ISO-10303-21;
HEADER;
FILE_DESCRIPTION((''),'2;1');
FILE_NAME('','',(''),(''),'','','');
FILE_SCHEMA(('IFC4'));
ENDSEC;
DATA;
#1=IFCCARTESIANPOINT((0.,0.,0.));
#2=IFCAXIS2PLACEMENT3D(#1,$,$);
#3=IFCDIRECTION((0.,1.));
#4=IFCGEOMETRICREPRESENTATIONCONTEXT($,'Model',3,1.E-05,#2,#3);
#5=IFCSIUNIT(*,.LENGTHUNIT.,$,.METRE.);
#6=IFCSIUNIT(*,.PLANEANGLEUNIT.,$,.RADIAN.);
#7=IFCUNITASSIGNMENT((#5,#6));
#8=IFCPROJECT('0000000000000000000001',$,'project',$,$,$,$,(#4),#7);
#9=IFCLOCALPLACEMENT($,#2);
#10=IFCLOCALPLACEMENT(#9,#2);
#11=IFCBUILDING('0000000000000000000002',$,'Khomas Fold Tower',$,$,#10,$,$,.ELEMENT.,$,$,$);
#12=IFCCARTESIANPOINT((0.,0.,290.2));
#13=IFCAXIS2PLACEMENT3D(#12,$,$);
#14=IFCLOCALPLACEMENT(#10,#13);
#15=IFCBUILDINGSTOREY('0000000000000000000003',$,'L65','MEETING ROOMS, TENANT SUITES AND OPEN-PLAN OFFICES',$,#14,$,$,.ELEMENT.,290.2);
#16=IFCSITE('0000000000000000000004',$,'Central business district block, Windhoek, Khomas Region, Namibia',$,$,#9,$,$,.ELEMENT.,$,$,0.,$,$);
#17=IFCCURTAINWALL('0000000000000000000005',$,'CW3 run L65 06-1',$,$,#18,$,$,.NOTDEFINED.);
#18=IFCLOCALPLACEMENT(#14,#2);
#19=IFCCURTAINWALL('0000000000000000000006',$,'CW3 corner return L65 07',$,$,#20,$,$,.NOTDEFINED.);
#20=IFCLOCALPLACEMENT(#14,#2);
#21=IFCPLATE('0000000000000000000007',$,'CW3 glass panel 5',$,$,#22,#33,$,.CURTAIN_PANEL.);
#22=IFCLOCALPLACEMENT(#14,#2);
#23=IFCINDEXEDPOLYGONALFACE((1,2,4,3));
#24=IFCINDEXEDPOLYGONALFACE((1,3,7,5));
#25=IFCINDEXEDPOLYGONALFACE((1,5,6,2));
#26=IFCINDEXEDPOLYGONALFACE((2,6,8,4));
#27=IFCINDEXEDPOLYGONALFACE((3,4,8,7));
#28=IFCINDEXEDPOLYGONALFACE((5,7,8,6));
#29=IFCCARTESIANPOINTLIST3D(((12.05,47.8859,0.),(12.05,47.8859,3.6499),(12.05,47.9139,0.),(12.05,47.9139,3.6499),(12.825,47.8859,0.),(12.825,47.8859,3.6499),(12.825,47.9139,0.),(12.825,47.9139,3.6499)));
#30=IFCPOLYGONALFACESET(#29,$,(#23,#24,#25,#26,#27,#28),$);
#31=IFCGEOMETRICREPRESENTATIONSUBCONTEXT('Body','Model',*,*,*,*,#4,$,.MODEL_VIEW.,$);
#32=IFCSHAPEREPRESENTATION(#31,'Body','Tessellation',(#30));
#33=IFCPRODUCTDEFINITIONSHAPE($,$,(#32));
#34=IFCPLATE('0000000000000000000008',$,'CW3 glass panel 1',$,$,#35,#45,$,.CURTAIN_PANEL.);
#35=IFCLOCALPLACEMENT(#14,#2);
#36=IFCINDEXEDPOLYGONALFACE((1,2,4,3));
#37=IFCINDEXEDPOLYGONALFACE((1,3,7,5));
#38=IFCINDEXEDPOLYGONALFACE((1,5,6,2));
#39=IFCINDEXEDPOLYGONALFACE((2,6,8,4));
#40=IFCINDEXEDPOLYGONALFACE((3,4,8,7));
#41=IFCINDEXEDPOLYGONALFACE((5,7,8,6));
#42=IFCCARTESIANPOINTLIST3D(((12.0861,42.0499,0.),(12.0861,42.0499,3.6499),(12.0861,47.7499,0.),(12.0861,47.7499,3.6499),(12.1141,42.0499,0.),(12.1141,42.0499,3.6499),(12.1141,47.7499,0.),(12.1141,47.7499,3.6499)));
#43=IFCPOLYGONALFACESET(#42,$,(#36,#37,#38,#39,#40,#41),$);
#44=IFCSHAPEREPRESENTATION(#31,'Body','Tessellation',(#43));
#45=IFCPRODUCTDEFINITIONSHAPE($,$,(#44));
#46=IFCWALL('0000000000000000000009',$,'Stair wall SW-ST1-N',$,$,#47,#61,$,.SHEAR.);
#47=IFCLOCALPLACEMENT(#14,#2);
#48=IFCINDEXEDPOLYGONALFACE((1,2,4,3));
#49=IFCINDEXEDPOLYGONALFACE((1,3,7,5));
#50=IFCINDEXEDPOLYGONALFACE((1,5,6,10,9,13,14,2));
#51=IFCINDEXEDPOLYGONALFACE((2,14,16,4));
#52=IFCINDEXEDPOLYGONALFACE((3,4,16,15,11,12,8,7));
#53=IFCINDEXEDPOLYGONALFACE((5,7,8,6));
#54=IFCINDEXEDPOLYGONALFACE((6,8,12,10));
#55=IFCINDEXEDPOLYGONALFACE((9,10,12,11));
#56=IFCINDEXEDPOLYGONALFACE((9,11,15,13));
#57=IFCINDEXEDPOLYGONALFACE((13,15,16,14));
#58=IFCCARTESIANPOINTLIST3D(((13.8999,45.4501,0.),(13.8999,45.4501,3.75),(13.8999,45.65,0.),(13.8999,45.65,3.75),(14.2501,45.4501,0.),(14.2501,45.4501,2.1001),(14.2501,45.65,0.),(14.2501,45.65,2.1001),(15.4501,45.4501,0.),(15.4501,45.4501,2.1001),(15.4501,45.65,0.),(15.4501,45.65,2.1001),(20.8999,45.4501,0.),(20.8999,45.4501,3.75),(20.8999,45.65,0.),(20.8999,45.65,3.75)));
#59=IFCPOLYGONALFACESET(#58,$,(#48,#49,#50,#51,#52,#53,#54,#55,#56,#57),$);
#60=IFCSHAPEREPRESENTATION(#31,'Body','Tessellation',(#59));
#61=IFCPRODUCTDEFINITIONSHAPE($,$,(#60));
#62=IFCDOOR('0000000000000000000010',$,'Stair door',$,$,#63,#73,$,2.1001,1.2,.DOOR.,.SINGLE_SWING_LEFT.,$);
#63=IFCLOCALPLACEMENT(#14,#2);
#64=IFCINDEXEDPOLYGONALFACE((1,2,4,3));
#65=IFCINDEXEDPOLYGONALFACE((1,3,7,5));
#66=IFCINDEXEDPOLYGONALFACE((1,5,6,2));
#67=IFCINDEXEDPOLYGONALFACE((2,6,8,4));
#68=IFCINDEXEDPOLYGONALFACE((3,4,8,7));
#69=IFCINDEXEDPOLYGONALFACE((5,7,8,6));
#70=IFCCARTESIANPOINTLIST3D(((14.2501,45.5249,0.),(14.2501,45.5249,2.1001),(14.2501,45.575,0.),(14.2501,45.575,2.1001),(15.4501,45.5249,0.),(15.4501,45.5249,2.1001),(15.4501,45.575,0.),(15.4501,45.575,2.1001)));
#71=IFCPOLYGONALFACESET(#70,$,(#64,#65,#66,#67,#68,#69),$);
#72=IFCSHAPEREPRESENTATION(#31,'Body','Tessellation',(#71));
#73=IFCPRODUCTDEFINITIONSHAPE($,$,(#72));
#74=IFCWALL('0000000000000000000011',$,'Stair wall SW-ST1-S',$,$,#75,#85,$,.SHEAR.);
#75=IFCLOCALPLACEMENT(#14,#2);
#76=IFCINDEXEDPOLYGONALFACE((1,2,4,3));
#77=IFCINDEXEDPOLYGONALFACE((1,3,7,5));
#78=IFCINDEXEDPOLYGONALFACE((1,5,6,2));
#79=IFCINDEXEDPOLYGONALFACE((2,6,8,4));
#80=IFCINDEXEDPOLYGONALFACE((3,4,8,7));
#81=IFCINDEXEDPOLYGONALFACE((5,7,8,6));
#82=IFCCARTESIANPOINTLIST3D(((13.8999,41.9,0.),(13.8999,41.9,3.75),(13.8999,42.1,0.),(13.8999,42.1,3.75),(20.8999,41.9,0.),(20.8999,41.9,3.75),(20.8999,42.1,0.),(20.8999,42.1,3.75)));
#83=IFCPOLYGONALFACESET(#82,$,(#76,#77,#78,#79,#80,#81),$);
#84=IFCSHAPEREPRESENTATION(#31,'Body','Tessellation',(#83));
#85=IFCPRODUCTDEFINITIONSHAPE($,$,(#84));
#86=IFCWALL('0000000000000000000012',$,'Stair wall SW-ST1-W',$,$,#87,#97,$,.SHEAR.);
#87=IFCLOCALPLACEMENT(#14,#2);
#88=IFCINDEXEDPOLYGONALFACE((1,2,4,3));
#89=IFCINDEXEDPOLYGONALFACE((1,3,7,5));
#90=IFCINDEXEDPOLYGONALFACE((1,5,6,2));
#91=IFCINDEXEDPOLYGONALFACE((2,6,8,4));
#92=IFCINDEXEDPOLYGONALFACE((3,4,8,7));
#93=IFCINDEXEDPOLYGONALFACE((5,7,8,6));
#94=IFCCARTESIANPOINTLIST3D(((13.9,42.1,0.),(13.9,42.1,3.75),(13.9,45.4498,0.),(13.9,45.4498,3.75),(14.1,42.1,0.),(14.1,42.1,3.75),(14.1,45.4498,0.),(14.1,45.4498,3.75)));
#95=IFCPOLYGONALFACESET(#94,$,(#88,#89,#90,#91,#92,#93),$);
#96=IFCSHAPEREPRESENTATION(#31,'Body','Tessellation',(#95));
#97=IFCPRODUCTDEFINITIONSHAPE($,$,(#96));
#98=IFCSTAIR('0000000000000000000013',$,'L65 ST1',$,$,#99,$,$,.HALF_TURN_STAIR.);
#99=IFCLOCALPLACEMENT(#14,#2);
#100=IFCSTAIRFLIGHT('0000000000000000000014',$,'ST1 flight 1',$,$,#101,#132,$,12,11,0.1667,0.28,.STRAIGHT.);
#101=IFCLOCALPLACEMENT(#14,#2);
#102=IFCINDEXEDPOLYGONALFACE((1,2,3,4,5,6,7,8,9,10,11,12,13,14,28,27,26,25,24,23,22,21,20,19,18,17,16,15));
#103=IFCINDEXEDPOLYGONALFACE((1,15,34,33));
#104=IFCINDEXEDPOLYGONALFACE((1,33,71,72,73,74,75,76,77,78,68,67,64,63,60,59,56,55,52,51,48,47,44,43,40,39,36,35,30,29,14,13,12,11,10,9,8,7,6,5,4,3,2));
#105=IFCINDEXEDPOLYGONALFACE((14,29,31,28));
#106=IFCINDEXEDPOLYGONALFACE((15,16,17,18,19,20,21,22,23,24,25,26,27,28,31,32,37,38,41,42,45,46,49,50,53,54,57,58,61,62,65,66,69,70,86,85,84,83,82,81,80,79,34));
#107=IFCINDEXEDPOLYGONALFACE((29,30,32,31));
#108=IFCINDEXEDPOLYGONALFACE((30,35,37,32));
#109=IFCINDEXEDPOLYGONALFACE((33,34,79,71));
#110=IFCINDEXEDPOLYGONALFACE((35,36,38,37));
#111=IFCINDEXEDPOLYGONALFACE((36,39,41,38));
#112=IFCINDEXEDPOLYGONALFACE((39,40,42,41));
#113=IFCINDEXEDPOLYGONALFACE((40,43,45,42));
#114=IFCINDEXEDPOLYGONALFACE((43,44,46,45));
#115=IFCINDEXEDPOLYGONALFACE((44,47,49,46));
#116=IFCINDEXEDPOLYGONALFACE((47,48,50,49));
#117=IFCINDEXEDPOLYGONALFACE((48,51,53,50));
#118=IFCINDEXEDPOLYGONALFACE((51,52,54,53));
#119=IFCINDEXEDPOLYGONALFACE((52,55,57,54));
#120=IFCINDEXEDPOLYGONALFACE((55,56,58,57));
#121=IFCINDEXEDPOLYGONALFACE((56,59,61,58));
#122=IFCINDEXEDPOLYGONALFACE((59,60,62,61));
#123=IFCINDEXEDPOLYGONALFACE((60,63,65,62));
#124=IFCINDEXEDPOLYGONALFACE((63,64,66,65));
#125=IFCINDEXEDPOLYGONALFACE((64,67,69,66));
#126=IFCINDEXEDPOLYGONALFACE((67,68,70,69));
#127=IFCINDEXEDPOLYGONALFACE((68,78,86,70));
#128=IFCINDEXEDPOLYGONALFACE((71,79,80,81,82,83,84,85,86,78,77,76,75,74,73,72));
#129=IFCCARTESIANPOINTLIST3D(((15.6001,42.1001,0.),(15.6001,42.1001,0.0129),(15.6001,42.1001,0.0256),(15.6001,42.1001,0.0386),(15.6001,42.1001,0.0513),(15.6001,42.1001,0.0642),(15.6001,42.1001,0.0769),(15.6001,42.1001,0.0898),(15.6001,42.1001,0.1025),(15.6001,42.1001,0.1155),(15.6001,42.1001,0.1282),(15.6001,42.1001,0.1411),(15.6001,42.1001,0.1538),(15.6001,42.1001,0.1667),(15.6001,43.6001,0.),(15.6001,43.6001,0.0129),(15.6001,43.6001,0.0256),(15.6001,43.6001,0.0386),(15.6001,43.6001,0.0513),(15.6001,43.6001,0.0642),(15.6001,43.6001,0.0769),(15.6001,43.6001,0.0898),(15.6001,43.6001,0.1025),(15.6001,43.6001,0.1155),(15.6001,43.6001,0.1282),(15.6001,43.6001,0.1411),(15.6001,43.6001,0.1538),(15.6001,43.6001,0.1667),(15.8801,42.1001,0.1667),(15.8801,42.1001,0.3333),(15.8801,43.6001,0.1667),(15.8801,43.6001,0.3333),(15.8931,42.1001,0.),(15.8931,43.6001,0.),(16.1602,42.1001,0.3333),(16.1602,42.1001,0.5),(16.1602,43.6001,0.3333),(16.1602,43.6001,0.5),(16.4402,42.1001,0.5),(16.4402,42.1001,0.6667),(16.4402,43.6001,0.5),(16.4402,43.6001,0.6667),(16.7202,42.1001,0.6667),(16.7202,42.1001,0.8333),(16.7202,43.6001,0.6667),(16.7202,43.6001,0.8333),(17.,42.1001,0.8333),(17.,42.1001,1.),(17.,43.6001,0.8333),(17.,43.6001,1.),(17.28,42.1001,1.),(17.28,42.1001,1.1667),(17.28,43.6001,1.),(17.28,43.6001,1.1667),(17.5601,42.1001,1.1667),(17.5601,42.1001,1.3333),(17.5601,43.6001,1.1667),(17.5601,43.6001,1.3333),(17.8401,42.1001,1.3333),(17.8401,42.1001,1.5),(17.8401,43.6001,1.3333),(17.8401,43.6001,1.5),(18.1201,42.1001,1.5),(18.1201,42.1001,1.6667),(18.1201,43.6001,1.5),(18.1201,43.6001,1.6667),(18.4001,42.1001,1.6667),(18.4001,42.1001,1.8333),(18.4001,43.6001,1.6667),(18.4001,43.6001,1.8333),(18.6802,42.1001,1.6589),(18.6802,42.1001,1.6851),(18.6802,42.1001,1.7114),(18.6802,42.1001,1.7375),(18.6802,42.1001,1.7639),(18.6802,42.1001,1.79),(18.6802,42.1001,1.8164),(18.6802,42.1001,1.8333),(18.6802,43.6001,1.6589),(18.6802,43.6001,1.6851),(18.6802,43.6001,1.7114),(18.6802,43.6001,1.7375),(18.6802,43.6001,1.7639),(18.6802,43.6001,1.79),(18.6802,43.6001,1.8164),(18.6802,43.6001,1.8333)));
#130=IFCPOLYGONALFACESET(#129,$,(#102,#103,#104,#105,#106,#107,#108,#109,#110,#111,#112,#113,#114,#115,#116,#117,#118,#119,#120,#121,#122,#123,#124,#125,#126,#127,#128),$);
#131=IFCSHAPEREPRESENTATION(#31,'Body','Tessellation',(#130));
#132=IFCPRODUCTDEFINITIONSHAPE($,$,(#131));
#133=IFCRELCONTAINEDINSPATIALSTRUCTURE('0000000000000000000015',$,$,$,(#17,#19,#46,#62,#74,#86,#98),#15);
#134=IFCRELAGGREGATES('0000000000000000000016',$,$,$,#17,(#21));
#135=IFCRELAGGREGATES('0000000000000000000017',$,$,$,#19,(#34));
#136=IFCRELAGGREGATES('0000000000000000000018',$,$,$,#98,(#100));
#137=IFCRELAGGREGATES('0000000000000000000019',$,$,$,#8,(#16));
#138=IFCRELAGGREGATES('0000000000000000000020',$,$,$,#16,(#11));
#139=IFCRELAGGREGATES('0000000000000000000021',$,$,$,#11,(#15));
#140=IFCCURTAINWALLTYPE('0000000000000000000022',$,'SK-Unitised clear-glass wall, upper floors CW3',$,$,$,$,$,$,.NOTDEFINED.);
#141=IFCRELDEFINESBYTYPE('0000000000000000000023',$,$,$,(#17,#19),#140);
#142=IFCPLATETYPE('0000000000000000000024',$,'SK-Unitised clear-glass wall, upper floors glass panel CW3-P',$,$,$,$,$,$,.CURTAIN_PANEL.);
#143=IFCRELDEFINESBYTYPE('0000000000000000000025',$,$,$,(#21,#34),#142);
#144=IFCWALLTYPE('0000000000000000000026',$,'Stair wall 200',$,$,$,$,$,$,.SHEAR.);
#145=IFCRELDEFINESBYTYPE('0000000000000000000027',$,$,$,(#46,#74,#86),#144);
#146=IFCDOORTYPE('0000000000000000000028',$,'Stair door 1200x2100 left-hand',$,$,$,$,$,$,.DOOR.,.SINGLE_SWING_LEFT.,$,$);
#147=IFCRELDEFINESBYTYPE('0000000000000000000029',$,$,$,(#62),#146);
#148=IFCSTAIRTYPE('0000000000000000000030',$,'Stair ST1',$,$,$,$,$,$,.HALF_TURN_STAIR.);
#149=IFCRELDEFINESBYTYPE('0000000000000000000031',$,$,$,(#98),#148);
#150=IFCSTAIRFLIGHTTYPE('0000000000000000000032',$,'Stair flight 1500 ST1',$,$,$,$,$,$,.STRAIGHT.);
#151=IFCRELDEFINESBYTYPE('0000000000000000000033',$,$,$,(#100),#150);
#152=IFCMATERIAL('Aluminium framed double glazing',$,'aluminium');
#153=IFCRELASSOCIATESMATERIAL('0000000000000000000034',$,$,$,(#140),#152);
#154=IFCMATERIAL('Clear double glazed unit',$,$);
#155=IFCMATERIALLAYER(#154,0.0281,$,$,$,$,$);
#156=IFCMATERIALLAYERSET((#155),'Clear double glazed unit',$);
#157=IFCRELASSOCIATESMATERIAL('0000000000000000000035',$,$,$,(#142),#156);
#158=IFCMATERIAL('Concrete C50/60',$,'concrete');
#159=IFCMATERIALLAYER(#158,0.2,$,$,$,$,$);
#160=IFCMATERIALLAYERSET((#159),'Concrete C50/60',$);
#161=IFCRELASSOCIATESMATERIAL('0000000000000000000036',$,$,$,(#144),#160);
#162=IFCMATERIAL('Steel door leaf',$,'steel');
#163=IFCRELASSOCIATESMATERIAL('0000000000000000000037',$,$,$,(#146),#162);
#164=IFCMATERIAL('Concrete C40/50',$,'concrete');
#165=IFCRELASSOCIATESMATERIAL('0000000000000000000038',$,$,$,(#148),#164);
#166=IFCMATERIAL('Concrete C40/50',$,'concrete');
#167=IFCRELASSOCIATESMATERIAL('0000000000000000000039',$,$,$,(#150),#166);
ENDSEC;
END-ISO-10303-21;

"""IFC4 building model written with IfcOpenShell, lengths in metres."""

from ifc_helpers import new_model, si_unit, direction, frame, frame_2d, origin, origin_2d, place, context, subcontext, project, spatial, polyline, rectangle, outline, extrude, source, transform, mapped, material, layer, layer_set, type_object, element, fill, aggregate, save


model = new_model("IFC4")

# Units and contexts
model_context = context("Model", 3, precision=1e-05, world=origin(), true_north=direction((0.0, 1.0)))
body_context = subcontext(model_context, "Body", "Model", "MODEL_VIEW")
ifc_project = project(units=[si_unit("LENGTHUNIT", "METRE"), si_unit("PLANEANGLEUNIT", "RADIAN")], contexts=[model_context])

# Site, building, storey
site_placement = place(None, origin())
site = spatial("IfcSite", under=ifc_project, at=site_placement, Name="Central business district block, Windhoek, Khomas Region, Namibia", CompositionType="ELEMENT", RefElevation=0.0)
building_placement = place(site_placement, origin())
building = spatial("IfcBuilding", under=site, at=building_placement, Name="Khomas Fold Tower", CompositionType="ELEMENT")
storey_placement = place(building_placement, frame((0.0, 0.0, 290.2)))
storey = spatial("IfcBuildingStorey", under=building, at=storey_placement, Name="L65", Description="MEETING ROOMS, TENANT SUITES AND OPEN-PLAN OFFICES", CompositionType="ELEMENT", Elevation=290.2)

# Curtain walls
ifc_material_1 = material(Name="Aluminium framed double glazing", Category="aluminium")
curtain_wall_type = type_object("IfcCurtainWallType", Name="SK-Unitised clear-glass wall, upper floors CW3", PredefinedType="NOTDEFINED", material=ifc_material_1)
curtain_wall_1_placement = place(storey_placement, origin())
curtain_wall_1 = element("IfcCurtainWall", 1, at=curtain_wall_1_placement, inside=storey, type_object=curtain_wall_type, Name="CW3 run L65 06-1", PredefinedType="NOTDEFINED")
curtain_wall_2_placement = place(storey_placement, origin())
curtain_wall_2 = element("IfcCurtainWall", 2, at=curtain_wall_2_placement, inside=storey, type_object=curtain_wall_type, Name="CW3 corner return L65 07", PredefinedType="NOTDEFINED")

# Plates
ifc_material_2 = material(Name="Clear double glazed unit")
ifc_layer_1 = layer(ifc_material_2, 0.0281)
ifc_layer_set_1 = layer_set([ifc_layer_1], Name="Clear double glazed unit")
plate_type = type_object("IfcPlateType", Name="SK-Unitised clear-glass wall, upper floors glass panel CW3-P", PredefinedType="CURTAIN_PANEL", material=ifc_layer_set_1)
shared_shape_1 = source(origin(), body_context, "Body", "SweptSolid", [
    extrude(rectangle(XDim=0.7749, YDim=0.0281, at=origin_2d()), origin(), (0.0, 0.0, 1.0), 3.6499),
])
plate_1_placement = place(storey_placement, frame((12.4375, 47.8999, 0.0), z_axis=(0.0, 0.0, 1.0), x_axis=(-1.0, 0.0, 0.0)))
plate_1 = element("IfcPlate", 3, at=plate_1_placement, type_object=plate_type, Name="CW3 glass panel 5", PredefinedType="CURTAIN_PANEL", context=body_context, shape_type="MappedRepresentation", body=[
    mapped(shared_shape_1, transform((0.0, 0.0, 0.0))),
])
aggregate(curtain_wall_1, [plate_1])
shared_shape_2 = source(origin(), body_context, "Body", "SweptSolid", [
    extrude(rectangle(XDim=5.7, YDim=0.0281, at=origin_2d()), origin(), (0.0, 0.0, 1.0), 3.6499),
])
plate_2_placement = place(storey_placement, frame((12.1001, 44.8999, 0.0), z_axis=(0.0, 0.0, 1.0), x_axis=(0.0, -1.0, 0.0)))
plate_2 = element("IfcPlate", 4, at=plate_2_placement, type_object=plate_type, Name="CW3 glass panel 1", PredefinedType="CURTAIN_PANEL", context=body_context, shape_type="MappedRepresentation", body=[
    mapped(shared_shape_2, transform((0.0, 0.0, 0.0))),
])
aggregate(curtain_wall_2, [plate_2])

# Wall, opening, door
ifc_material_3 = material(Name="Concrete C50/60", Category="concrete")
ifc_layer_2 = layer(ifc_material_3, 0.2)
ifc_layer_set_2 = layer_set([ifc_layer_2], Name="Concrete C50/60")
wall_type = type_object("IfcWallType", Name="Stair wall 200", PredefinedType="SHEAR", material=ifc_layer_set_2)
shared_shape_3 = source(origin(), body_context, "Body", "SweptSolid", [
    extrude(rectangle(XDim=7.0, YDim=0.2, at=frame_2d((3.5, 0.0))), origin(), (0.0, 0.0, 1.0), 3.75),
])
wall_1_placement = place(storey_placement, frame((13.8999, 45.55, 0.0), z_axis=(0.0, 0.0, 1.0), x_axis=(1.0, 0.0, 0.0)))
wall_1 = element("IfcWall", 5, at=wall_1_placement, inside=storey, type_object=wall_type, Name="Stair wall SW-ST1-N", PredefinedType="SHEAR", context=body_context, shape_type="MappedRepresentation", body=[
    mapped(shared_shape_3, transform((0.0, 0.0, 0.0))),
])
shared_shape_4 = source(origin(), body_context, "Body", "SweptSolid", [
    extrude(rectangle(XDim=1.2, YDim=2.1001, at=frame_2d((0.6001, 1.05))), frame((0.0, 0.1099, 0.0), z_axis=(0.0, -1.0, 0.0), x_axis=(1.0, 0.0, 0.0)), (0.0, 0.0, 1.0), 0.22),
])
opening_placement = place(wall_1_placement, frame((0.3501, 0.0, 0.0)))
opening = element("IfcOpeningElement", 6, at=opening_placement, cuts=wall_1, PredefinedType="OPENING", context=body_context, shape_type="MappedRepresentation", body=[
    mapped(shared_shape_4, transform((0.0, 0.0, 0.0))),
])
ifc_material_4 = material(Name="Steel door leaf", Category="steel")
door_type = type_object("IfcDoorType", Name="Stair door 1200x2100 left-hand", OperationType="SINGLE_SWING_LEFT", PredefinedType="DOOR", material=ifc_material_4)
shared_shape_5 = source(origin(), body_context, "Body", "SweptSolid", [
    extrude(rectangle(XDim=1.2, YDim=2.1001, at=frame_2d((0.6001, 1.05))), frame((0.0, 0.0249, 0.0), z_axis=(0.0, -1.0, 0.0), x_axis=(1.0, 0.0, 0.0)), (0.0, 0.0, 1.0), 0.05),
])
door_placement = place(opening_placement, origin())
door = element("IfcDoor", 7, at=door_placement, inside=storey, type_object=door_type, Name="Stair door", OperationType="SINGLE_SWING_LEFT", OverallHeight=2.1001, OverallWidth=1.2, PredefinedType="DOOR", context=body_context, shape_type="MappedRepresentation", body=[
    mapped(shared_shape_5, transform((0.0, 0.0, 0.0))),
])
fill(opening, door)

# Walls
wall_2_placement = place(storey_placement, frame((13.8999, 42.0, 0.0), z_axis=(0.0, 0.0, 1.0), x_axis=(1.0, 0.0, 0.0)))
element("IfcWall", 8, at=wall_2_placement, inside=storey, type_object=wall_type, Name="Stair wall SW-ST1-S", PredefinedType="SHEAR", context=body_context, shape_type="MappedRepresentation", body=[
    mapped(shared_shape_3, transform((0.0, 0.0, 0.0))),
])
shared_shape_6 = source(origin(), body_context, "Body", "SweptSolid", [
    extrude(rectangle(XDim=3.3499, YDim=0.2, at=frame_2d((1.6748, 0.0))), origin(), (0.0, 0.0, 1.0), 3.75),
])
wall_3_placement = place(storey_placement, frame((14.0, 42.1001, 0.0), z_axis=(0.0, 0.0, 1.0), x_axis=(0.0, 1.0, 0.0)))
element("IfcWall", 9, at=wall_3_placement, inside=storey, type_object=wall_type, Name="Stair wall SW-ST1-W", PredefinedType="SHEAR", context=body_context, shape_type="MappedRepresentation", body=[
    mapped(shared_shape_6, transform((0.0, 0.0, 0.0))),
])

# Stair, stair flight
ifc_material_5 = material(Name="Concrete C40/50", Category="concrete")
stair_type = type_object("IfcStairType", Name="Stair ST1", PredefinedType="HALF_TURN_STAIR", material=ifc_material_5)
stair_placement = place(storey_placement, origin())
stair = element("IfcStair", 10, at=stair_placement, inside=storey, type_object=stair_type, Name="L65 ST1", PredefinedType="HALF_TURN_STAIR")
ifc_material_6 = material(Name="Concrete C40/50", Category="concrete")
stair_flight_type = type_object("IfcStairFlightType", Name="Stair flight 1500 ST1", PredefinedType="STRAIGHT", material=ifc_material_6)
shared_shape_7 = source(origin(), body_context, "Body", "SweptSolid", [
    extrude(outline(polyline([(0.0, 0.0), (0.0, 0.0129), (0.0, 0.0256), (0.0, 0.0386), (0.0, 0.0513), (0.0, 0.0642), (0.0, 0.0769), (0.0, 0.0898), (0.0, 0.1025), (0.0, 0.1155), (0.0, 0.1282), (0.0, 0.1411), (0.0, 0.1538), (0.0, 0.1667), (0.28, 0.1667), (0.28, 0.3333), (0.5601, 0.3333), (0.5601, 0.5), (0.8401, 0.5), (0.8401, 0.6667), (1.1201, 0.6667), (1.1201, 0.8333), (1.3999, 0.8333), (1.3999, 1.0), (1.6799, 1.0), (1.6799, 1.1667), (1.96, 1.1667), (1.96, 1.3333), (2.24, 1.3333), (2.24, 1.5), (2.52, 1.5), (2.52, 1.6667), (2.8, 1.6667), (2.8, 1.8333), (3.0801, 1.8333), (3.0801, 2.0), (3.0801, 1.9739), (3.0801, 1.9475), (3.0801, 1.9214), (3.0801, 1.895), (3.0801, 1.8689), (3.0801, 1.8425), (3.0801, 1.8164), (3.0801, 1.79), (3.0801, 1.7639), (3.0801, 1.7375), (3.0801, 1.7114), (3.0801, 1.6851), (3.0801, 1.6589), (0.293, 0.0), (0.0, 0.0)])), frame((0.0, 0.75, 0.0), z_axis=(0.0, -1.0, 0.0), x_axis=(1.0, 0.0, 0.0)), (0.0, 0.0, 1.0), 1.5),
])
stair_flight_placement = place(storey_placement, frame((15.6001, 42.8501, 0.0), z_axis=(0.0, 0.0, 1.0), x_axis=(1.0, 0.0, 0.0)))
stair_flight = element("IfcStairFlight", 11, at=stair_flight_placement, type_object=stair_flight_type, Name="ST1 flight 1", NumberOfRisers=12, NumberOfTreads=11, PredefinedType="STRAIGHT", RiserHeight=0.1667, TreadLength=0.28, context=body_context, shape_type="MappedRepresentation", body=[
    mapped(shared_shape_7, transform((0.0, 0.0, 0.0))),
])
aggregate(stair, [stair_flight])

save(model, "model.ifc")
